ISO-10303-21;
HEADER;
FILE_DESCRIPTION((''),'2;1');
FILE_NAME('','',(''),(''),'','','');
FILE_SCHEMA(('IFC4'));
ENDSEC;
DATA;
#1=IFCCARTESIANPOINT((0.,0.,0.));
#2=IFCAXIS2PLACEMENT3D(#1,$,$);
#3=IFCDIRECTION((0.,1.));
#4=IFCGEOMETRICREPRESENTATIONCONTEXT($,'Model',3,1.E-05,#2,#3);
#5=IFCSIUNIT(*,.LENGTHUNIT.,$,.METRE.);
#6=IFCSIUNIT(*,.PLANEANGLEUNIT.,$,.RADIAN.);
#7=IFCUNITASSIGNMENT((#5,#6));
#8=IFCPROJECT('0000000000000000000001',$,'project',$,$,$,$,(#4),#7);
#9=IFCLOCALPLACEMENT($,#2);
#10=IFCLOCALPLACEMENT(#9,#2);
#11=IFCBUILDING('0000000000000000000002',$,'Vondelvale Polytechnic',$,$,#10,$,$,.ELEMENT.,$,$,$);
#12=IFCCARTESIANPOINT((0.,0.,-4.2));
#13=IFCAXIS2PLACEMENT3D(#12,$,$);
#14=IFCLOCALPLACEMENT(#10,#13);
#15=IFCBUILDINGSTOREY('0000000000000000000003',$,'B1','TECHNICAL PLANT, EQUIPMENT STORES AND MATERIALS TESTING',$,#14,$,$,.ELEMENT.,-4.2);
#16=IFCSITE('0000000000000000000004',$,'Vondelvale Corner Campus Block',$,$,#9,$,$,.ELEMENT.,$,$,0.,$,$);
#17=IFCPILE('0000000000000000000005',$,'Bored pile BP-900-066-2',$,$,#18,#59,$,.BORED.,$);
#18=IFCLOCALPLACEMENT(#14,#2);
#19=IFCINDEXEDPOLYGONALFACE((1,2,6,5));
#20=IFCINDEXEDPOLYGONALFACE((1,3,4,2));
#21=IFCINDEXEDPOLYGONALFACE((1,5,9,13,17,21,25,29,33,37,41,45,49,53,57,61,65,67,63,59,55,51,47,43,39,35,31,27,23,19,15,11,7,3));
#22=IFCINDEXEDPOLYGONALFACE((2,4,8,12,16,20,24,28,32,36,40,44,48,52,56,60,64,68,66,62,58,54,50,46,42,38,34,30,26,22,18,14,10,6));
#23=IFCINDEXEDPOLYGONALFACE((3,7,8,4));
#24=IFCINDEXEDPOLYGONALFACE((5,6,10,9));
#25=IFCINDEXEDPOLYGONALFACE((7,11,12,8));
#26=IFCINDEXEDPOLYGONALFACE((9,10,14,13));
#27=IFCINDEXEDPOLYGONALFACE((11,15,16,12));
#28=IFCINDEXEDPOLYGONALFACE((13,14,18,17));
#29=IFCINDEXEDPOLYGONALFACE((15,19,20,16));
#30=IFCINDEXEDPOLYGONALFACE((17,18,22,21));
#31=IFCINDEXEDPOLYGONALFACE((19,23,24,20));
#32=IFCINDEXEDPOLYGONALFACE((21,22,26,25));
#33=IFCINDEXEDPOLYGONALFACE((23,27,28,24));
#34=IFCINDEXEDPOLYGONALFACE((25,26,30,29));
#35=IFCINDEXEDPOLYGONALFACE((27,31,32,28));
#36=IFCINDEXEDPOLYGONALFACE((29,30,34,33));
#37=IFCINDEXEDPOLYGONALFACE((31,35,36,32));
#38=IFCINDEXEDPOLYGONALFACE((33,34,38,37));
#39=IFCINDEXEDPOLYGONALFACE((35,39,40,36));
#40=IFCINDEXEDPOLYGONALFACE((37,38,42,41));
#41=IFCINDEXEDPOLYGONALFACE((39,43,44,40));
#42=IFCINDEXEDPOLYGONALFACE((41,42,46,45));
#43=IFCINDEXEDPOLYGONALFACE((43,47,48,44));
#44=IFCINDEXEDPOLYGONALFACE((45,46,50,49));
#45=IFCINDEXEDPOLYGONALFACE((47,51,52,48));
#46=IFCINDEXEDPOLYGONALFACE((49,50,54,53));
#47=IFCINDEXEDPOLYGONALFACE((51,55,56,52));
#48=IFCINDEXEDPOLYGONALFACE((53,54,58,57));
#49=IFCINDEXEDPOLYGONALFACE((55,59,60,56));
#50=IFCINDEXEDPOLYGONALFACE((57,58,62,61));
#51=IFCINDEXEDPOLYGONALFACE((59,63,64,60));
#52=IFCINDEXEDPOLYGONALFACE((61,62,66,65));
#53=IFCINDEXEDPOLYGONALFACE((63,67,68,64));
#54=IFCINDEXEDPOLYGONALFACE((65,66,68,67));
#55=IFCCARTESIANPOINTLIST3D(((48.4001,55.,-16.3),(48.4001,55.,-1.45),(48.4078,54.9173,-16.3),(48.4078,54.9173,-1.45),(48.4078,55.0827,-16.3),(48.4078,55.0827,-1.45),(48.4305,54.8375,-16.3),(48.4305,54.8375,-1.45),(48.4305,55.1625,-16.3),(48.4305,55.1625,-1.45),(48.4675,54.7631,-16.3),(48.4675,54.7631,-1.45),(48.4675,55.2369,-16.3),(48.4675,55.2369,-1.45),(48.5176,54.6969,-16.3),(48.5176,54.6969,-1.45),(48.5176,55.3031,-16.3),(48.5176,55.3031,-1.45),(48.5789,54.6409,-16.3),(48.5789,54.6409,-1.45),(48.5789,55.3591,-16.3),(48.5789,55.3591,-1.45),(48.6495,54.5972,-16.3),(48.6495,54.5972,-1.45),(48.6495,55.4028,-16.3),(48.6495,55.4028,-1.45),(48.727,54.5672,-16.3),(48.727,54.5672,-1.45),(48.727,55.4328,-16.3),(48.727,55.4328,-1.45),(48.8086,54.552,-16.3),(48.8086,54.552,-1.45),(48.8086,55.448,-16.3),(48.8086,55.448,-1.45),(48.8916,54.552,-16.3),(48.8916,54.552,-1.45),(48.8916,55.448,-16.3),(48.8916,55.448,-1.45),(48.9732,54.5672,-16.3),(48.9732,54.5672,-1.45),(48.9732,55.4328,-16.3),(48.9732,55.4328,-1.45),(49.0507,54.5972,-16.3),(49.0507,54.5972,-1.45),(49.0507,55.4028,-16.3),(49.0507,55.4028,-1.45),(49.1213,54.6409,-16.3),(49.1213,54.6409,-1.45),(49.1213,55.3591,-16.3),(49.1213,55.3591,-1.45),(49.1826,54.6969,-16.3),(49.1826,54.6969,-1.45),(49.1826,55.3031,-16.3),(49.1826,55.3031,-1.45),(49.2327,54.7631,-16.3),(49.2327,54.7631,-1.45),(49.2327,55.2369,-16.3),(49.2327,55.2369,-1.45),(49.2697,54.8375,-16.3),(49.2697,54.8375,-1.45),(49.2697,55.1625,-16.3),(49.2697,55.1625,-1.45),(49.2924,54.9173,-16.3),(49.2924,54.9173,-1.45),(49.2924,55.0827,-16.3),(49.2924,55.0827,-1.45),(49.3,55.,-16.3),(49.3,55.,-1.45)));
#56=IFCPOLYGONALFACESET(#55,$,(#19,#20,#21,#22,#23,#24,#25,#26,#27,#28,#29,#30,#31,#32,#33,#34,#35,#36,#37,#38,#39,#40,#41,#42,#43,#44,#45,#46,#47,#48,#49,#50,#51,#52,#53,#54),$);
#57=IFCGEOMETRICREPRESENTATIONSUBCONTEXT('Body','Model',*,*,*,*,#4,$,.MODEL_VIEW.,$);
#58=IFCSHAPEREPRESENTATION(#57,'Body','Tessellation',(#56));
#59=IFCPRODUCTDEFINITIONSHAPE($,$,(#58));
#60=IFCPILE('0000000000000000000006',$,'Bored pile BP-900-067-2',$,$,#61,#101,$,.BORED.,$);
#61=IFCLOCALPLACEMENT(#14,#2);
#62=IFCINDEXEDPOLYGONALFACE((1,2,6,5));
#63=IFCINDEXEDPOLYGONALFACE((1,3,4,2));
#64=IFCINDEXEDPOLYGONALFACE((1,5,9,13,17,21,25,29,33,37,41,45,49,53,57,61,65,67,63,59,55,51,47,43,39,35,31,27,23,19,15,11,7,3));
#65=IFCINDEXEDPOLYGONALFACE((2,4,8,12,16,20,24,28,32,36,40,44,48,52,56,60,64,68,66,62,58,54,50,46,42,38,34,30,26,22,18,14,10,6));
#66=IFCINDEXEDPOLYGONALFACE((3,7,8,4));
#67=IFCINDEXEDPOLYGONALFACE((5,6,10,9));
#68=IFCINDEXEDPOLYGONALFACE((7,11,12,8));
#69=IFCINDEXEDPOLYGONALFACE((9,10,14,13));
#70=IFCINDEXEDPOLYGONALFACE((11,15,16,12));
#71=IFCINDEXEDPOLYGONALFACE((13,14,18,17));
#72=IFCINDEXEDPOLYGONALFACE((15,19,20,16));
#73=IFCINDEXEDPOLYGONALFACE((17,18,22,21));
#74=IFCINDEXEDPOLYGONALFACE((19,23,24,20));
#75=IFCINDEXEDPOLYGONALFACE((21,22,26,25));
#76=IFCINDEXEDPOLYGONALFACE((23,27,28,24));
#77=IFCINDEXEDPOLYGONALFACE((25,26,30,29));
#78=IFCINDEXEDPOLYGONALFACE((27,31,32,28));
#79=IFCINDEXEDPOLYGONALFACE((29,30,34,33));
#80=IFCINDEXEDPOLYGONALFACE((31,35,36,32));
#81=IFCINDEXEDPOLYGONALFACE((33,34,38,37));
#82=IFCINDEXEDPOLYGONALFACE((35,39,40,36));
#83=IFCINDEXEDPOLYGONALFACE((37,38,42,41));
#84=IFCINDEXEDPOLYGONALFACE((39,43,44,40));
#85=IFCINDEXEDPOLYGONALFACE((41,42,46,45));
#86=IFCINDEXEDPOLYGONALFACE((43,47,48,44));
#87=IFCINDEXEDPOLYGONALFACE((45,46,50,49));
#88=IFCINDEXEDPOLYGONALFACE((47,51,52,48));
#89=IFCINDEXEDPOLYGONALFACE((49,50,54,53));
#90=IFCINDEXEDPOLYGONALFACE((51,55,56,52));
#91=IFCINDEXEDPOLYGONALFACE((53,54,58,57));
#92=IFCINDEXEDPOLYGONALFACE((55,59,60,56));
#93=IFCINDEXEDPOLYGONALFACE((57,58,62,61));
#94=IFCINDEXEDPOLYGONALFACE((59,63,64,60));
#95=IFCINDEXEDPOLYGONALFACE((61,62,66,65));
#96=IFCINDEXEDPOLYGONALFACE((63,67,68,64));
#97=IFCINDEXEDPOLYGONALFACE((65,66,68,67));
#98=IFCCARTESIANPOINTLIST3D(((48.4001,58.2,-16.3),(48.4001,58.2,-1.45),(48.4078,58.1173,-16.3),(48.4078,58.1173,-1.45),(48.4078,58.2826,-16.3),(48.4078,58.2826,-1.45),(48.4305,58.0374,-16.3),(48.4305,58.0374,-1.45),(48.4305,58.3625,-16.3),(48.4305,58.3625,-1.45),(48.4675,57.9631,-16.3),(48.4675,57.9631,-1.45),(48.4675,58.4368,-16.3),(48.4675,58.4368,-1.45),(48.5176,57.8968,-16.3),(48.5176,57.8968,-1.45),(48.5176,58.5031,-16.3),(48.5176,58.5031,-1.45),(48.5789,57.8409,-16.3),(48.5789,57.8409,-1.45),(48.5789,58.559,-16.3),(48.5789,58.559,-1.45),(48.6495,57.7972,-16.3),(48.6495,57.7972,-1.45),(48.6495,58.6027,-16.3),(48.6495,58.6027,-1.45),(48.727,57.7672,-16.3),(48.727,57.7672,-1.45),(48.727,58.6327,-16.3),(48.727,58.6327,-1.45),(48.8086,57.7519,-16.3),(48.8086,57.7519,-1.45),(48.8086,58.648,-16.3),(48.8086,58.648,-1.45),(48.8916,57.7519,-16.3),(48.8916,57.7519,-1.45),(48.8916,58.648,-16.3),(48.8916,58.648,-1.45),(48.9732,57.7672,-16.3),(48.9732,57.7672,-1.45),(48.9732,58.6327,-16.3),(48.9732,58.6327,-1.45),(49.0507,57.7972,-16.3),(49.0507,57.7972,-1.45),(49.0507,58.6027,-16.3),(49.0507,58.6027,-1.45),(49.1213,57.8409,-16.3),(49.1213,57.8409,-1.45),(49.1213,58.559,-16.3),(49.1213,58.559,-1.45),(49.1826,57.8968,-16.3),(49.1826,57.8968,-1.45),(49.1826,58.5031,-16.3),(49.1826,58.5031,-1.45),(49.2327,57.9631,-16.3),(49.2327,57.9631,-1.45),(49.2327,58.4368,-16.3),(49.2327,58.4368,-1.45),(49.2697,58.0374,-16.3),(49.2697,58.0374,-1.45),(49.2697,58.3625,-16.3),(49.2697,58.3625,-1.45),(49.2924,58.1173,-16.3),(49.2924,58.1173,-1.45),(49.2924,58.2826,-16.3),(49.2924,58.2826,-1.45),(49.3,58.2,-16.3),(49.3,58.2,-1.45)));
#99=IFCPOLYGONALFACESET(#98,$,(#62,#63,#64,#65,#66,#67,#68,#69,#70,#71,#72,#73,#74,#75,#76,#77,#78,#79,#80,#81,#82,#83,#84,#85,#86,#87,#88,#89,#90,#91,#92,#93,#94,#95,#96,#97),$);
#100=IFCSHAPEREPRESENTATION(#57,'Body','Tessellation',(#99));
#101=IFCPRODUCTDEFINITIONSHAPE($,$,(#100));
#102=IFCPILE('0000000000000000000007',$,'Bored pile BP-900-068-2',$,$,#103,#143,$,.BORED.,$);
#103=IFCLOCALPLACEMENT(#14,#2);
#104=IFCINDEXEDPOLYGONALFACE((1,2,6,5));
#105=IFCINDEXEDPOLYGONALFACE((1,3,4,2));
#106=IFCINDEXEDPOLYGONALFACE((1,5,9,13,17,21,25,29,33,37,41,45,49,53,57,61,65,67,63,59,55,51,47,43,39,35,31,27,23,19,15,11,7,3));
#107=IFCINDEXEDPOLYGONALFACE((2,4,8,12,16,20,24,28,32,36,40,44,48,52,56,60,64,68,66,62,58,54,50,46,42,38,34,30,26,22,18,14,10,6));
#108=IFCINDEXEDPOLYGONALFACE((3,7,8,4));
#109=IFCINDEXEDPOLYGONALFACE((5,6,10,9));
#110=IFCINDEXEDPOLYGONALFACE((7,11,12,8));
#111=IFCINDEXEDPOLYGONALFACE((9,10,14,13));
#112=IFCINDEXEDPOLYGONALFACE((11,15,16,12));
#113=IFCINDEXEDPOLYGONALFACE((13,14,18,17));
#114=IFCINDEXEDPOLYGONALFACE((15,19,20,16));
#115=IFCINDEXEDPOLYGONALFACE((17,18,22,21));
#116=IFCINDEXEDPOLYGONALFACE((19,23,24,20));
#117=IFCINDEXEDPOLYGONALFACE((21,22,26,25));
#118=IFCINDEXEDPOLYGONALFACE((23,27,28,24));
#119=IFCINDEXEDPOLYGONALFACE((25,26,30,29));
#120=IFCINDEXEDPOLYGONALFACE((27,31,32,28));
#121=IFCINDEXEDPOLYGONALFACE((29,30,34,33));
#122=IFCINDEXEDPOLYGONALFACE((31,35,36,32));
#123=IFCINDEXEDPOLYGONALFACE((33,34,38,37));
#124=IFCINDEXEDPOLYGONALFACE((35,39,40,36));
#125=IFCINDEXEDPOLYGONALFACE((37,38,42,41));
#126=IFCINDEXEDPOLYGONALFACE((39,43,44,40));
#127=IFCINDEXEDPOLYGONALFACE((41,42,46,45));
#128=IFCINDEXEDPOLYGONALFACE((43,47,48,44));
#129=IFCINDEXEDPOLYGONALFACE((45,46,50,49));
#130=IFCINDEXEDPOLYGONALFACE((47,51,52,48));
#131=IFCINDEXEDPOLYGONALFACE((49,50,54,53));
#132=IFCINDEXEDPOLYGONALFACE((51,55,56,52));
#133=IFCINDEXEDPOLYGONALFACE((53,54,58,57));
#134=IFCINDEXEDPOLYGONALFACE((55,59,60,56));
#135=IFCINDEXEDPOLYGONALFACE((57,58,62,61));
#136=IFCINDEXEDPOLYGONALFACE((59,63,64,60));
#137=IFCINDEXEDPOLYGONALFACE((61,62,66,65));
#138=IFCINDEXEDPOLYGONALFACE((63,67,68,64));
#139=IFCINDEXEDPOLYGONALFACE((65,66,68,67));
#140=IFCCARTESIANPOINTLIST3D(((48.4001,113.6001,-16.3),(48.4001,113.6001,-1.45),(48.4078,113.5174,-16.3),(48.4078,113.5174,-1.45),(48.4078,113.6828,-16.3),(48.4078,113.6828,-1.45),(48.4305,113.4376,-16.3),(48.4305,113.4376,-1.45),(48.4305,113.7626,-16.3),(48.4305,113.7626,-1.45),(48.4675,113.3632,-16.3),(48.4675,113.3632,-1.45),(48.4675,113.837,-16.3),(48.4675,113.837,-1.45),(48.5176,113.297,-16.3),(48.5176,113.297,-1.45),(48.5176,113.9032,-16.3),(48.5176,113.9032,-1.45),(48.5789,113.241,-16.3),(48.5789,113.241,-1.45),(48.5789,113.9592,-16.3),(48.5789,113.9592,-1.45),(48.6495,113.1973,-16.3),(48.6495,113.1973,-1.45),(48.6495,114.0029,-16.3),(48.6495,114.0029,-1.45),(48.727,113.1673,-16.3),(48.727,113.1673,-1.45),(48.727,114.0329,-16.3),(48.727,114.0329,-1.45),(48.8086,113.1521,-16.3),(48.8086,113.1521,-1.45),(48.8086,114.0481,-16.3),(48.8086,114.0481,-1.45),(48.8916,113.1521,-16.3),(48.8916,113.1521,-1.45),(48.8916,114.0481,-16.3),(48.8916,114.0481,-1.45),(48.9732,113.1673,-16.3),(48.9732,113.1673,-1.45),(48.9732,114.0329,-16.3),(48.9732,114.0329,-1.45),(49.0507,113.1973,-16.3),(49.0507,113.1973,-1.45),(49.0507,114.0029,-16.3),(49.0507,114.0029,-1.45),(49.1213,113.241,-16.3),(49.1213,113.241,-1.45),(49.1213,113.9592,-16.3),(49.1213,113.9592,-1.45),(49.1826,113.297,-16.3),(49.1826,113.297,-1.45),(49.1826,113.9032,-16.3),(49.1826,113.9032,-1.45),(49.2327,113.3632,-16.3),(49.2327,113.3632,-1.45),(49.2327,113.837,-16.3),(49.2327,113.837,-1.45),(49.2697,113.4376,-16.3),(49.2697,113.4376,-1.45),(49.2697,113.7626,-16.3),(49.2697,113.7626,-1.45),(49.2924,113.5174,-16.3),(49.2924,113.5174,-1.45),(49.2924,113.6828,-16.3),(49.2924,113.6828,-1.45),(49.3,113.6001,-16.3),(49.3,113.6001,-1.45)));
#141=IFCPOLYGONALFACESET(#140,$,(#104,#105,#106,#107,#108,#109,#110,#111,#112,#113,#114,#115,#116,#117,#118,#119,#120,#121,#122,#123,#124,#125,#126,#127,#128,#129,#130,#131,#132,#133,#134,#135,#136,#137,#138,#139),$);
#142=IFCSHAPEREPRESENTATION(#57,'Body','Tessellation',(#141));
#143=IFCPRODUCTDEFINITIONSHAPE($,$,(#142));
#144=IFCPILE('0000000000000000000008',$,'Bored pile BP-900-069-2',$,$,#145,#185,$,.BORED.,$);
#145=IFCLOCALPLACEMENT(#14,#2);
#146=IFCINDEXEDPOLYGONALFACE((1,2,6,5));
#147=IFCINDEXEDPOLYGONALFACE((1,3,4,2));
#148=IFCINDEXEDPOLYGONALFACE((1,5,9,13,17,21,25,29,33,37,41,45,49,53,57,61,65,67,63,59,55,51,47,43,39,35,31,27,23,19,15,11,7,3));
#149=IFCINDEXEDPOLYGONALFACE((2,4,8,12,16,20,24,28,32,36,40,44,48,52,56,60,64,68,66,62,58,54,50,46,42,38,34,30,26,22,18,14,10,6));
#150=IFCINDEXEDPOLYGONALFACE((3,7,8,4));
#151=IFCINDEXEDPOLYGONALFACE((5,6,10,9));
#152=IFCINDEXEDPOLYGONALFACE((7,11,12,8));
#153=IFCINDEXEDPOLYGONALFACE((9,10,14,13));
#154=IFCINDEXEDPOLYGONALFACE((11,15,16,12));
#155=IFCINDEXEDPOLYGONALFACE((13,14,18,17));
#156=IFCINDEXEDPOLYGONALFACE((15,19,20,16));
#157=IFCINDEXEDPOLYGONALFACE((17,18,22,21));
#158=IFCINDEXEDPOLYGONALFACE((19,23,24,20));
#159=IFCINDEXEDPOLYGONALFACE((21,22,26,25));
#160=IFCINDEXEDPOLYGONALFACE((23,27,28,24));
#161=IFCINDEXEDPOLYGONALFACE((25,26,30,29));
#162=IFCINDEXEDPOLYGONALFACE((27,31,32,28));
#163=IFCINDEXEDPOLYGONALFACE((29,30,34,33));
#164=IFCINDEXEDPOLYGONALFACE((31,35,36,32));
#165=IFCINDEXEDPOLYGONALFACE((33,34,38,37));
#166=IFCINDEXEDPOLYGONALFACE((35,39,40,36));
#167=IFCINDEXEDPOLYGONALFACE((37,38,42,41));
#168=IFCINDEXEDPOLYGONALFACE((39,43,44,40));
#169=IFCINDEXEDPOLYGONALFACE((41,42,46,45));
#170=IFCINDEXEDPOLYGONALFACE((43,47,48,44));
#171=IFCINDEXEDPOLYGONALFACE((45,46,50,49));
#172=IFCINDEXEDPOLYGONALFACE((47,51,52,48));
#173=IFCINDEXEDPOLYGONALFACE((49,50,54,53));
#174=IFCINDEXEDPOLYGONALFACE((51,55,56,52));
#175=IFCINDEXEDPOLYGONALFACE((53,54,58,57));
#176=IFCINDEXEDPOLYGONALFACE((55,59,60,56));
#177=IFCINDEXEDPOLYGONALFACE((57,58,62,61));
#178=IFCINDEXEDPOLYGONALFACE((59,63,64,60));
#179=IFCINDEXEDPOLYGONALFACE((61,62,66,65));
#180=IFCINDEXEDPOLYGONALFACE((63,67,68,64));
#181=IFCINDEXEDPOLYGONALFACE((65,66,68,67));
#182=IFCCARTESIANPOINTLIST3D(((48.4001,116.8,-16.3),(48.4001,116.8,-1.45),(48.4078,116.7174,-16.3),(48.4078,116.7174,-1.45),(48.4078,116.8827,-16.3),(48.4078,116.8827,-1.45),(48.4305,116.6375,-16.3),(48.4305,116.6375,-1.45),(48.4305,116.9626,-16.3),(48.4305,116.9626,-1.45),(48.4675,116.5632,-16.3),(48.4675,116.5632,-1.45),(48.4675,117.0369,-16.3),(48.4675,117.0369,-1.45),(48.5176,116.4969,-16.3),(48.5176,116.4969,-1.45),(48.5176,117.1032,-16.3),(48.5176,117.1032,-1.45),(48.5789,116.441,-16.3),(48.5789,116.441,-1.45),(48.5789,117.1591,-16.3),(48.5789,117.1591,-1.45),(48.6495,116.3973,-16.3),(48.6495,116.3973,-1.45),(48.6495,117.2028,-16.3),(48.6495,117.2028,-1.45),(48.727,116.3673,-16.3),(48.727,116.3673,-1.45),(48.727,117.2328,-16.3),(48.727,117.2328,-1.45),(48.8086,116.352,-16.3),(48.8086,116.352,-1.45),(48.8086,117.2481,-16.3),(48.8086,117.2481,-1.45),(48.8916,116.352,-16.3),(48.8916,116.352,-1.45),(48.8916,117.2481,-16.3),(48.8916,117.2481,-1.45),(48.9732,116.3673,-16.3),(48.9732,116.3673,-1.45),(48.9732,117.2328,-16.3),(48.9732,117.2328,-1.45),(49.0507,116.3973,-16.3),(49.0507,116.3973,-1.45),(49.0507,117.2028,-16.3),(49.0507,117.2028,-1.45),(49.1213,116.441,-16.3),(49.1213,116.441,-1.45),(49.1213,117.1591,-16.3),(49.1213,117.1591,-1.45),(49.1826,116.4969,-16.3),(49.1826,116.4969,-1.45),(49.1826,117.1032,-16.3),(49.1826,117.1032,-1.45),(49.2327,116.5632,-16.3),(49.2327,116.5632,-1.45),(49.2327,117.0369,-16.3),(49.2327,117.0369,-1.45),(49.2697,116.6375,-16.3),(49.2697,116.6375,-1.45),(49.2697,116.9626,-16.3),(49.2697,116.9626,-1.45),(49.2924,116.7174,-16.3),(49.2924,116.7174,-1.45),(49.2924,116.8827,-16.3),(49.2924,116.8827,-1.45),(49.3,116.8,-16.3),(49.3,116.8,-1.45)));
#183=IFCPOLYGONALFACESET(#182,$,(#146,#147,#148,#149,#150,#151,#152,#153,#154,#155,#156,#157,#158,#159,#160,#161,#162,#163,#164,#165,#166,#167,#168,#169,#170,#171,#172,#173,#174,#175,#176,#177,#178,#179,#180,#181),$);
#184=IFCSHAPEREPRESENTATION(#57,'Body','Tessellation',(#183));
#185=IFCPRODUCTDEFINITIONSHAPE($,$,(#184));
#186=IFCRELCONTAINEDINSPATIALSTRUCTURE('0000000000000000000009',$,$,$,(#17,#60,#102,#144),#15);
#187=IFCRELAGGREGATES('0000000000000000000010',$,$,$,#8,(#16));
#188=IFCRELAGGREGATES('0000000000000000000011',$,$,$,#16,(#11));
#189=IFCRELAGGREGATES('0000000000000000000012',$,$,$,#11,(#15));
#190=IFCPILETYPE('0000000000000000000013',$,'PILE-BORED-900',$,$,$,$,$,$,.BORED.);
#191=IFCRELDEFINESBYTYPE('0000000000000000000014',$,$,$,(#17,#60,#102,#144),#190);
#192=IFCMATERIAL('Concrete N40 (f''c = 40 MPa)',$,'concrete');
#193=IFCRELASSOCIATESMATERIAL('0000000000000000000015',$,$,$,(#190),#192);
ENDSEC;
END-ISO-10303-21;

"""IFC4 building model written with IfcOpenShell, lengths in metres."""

from ifc_helpers import new_model, si_unit, direction, frame, origin, origin_2d, place, context, subcontext, project, spatial, circle, extrude, material, material_profile, profile_set, type_object, element, save


model = new_model("IFC4")

# Units and contexts
model_context = context("Model", 3, precision=1e-05, world=origin(), true_north=direction((0.0, 1.0)))
body_context = subcontext(model_context, "Body", "Model", "MODEL_VIEW")
ifc_project = project(units=[si_unit("LENGTHUNIT", "METRE"), si_unit("PLANEANGLEUNIT", "RADIAN")], contexts=[model_context])

# Site, building, storey
site_placement = place(None, origin())
site = spatial("IfcSite", under=ifc_project, at=site_placement, Name="Vondelvale Corner Campus Block", CompositionType="ELEMENT", RefElevation=0.0)
building_placement = place(site_placement, origin())
building = spatial("IfcBuilding", under=site, at=building_placement, Name="Vondelvale Polytechnic", CompositionType="ELEMENT")
storey_placement = place(building_placement, frame((0.0, 0.0, -4.2)))
storey = spatial("IfcBuildingStorey", under=building, at=storey_placement, Name="B1", Description="TECHNICAL PLANT, EQUIPMENT STORES AND MATERIALS TESTING", CompositionType="ELEMENT", Elevation=-4.2)

# Shared definitions
ifc_material_1 = material(Name="Concrete N40 (f'c = 40 MPa)", Category="concrete")

# Piles
ifc_material_profile_1 = material_profile(ifc_material_1, circle(Radius=0.45, at=origin_2d()), Name="PILE-D900")
ifc_profile_set_1 = profile_set([ifc_material_profile_1], Name="Concrete N40 (f'c = 40 MPa)")
pile_type_1 = type_object("IfcPileType", Name="PILE-BORED-900", PredefinedType="BORED", material=ifc_profile_set_1)
for number, where, z_axis, x_axis, name in (
    (1, (48.8501, 55.0, -1.45), (0.0, 0.0, -1.0), (1.0, 0.0, 0.0), "Bored pile BP-900-066-2"),
    (2, (48.8501, 58.2, -1.45), (0.0, 0.0, -1.0), (1.0, 0.0, 0.0), "Bored pile BP-900-067-2"),
    (3, (48.8501, 113.6001, -1.45), (0.0, 0.0, -1.0), (1.0, 0.0, 0.0), "Bored pile BP-900-068-2"),
    (4, (48.8501, 116.8, -1.45), (0.0, 0.0, -1.0), (1.0, 0.0, 0.0), "Bored pile BP-900-069-2"),
):
    element("IfcPile", number, at=place(storey_placement, frame(where, z_axis=z_axis, x_axis=x_axis)), inside=storey, type_object=pile_type_1, Name=name, PredefinedType="BORED", context=body_context, shape_type="SweptSolid", body=[
        extrude(circle(Radius=0.45, at=origin_2d()), origin(), (0.0, 0.0, 1.0), 14.8501),
    ])

save(model, "model.ifc")
